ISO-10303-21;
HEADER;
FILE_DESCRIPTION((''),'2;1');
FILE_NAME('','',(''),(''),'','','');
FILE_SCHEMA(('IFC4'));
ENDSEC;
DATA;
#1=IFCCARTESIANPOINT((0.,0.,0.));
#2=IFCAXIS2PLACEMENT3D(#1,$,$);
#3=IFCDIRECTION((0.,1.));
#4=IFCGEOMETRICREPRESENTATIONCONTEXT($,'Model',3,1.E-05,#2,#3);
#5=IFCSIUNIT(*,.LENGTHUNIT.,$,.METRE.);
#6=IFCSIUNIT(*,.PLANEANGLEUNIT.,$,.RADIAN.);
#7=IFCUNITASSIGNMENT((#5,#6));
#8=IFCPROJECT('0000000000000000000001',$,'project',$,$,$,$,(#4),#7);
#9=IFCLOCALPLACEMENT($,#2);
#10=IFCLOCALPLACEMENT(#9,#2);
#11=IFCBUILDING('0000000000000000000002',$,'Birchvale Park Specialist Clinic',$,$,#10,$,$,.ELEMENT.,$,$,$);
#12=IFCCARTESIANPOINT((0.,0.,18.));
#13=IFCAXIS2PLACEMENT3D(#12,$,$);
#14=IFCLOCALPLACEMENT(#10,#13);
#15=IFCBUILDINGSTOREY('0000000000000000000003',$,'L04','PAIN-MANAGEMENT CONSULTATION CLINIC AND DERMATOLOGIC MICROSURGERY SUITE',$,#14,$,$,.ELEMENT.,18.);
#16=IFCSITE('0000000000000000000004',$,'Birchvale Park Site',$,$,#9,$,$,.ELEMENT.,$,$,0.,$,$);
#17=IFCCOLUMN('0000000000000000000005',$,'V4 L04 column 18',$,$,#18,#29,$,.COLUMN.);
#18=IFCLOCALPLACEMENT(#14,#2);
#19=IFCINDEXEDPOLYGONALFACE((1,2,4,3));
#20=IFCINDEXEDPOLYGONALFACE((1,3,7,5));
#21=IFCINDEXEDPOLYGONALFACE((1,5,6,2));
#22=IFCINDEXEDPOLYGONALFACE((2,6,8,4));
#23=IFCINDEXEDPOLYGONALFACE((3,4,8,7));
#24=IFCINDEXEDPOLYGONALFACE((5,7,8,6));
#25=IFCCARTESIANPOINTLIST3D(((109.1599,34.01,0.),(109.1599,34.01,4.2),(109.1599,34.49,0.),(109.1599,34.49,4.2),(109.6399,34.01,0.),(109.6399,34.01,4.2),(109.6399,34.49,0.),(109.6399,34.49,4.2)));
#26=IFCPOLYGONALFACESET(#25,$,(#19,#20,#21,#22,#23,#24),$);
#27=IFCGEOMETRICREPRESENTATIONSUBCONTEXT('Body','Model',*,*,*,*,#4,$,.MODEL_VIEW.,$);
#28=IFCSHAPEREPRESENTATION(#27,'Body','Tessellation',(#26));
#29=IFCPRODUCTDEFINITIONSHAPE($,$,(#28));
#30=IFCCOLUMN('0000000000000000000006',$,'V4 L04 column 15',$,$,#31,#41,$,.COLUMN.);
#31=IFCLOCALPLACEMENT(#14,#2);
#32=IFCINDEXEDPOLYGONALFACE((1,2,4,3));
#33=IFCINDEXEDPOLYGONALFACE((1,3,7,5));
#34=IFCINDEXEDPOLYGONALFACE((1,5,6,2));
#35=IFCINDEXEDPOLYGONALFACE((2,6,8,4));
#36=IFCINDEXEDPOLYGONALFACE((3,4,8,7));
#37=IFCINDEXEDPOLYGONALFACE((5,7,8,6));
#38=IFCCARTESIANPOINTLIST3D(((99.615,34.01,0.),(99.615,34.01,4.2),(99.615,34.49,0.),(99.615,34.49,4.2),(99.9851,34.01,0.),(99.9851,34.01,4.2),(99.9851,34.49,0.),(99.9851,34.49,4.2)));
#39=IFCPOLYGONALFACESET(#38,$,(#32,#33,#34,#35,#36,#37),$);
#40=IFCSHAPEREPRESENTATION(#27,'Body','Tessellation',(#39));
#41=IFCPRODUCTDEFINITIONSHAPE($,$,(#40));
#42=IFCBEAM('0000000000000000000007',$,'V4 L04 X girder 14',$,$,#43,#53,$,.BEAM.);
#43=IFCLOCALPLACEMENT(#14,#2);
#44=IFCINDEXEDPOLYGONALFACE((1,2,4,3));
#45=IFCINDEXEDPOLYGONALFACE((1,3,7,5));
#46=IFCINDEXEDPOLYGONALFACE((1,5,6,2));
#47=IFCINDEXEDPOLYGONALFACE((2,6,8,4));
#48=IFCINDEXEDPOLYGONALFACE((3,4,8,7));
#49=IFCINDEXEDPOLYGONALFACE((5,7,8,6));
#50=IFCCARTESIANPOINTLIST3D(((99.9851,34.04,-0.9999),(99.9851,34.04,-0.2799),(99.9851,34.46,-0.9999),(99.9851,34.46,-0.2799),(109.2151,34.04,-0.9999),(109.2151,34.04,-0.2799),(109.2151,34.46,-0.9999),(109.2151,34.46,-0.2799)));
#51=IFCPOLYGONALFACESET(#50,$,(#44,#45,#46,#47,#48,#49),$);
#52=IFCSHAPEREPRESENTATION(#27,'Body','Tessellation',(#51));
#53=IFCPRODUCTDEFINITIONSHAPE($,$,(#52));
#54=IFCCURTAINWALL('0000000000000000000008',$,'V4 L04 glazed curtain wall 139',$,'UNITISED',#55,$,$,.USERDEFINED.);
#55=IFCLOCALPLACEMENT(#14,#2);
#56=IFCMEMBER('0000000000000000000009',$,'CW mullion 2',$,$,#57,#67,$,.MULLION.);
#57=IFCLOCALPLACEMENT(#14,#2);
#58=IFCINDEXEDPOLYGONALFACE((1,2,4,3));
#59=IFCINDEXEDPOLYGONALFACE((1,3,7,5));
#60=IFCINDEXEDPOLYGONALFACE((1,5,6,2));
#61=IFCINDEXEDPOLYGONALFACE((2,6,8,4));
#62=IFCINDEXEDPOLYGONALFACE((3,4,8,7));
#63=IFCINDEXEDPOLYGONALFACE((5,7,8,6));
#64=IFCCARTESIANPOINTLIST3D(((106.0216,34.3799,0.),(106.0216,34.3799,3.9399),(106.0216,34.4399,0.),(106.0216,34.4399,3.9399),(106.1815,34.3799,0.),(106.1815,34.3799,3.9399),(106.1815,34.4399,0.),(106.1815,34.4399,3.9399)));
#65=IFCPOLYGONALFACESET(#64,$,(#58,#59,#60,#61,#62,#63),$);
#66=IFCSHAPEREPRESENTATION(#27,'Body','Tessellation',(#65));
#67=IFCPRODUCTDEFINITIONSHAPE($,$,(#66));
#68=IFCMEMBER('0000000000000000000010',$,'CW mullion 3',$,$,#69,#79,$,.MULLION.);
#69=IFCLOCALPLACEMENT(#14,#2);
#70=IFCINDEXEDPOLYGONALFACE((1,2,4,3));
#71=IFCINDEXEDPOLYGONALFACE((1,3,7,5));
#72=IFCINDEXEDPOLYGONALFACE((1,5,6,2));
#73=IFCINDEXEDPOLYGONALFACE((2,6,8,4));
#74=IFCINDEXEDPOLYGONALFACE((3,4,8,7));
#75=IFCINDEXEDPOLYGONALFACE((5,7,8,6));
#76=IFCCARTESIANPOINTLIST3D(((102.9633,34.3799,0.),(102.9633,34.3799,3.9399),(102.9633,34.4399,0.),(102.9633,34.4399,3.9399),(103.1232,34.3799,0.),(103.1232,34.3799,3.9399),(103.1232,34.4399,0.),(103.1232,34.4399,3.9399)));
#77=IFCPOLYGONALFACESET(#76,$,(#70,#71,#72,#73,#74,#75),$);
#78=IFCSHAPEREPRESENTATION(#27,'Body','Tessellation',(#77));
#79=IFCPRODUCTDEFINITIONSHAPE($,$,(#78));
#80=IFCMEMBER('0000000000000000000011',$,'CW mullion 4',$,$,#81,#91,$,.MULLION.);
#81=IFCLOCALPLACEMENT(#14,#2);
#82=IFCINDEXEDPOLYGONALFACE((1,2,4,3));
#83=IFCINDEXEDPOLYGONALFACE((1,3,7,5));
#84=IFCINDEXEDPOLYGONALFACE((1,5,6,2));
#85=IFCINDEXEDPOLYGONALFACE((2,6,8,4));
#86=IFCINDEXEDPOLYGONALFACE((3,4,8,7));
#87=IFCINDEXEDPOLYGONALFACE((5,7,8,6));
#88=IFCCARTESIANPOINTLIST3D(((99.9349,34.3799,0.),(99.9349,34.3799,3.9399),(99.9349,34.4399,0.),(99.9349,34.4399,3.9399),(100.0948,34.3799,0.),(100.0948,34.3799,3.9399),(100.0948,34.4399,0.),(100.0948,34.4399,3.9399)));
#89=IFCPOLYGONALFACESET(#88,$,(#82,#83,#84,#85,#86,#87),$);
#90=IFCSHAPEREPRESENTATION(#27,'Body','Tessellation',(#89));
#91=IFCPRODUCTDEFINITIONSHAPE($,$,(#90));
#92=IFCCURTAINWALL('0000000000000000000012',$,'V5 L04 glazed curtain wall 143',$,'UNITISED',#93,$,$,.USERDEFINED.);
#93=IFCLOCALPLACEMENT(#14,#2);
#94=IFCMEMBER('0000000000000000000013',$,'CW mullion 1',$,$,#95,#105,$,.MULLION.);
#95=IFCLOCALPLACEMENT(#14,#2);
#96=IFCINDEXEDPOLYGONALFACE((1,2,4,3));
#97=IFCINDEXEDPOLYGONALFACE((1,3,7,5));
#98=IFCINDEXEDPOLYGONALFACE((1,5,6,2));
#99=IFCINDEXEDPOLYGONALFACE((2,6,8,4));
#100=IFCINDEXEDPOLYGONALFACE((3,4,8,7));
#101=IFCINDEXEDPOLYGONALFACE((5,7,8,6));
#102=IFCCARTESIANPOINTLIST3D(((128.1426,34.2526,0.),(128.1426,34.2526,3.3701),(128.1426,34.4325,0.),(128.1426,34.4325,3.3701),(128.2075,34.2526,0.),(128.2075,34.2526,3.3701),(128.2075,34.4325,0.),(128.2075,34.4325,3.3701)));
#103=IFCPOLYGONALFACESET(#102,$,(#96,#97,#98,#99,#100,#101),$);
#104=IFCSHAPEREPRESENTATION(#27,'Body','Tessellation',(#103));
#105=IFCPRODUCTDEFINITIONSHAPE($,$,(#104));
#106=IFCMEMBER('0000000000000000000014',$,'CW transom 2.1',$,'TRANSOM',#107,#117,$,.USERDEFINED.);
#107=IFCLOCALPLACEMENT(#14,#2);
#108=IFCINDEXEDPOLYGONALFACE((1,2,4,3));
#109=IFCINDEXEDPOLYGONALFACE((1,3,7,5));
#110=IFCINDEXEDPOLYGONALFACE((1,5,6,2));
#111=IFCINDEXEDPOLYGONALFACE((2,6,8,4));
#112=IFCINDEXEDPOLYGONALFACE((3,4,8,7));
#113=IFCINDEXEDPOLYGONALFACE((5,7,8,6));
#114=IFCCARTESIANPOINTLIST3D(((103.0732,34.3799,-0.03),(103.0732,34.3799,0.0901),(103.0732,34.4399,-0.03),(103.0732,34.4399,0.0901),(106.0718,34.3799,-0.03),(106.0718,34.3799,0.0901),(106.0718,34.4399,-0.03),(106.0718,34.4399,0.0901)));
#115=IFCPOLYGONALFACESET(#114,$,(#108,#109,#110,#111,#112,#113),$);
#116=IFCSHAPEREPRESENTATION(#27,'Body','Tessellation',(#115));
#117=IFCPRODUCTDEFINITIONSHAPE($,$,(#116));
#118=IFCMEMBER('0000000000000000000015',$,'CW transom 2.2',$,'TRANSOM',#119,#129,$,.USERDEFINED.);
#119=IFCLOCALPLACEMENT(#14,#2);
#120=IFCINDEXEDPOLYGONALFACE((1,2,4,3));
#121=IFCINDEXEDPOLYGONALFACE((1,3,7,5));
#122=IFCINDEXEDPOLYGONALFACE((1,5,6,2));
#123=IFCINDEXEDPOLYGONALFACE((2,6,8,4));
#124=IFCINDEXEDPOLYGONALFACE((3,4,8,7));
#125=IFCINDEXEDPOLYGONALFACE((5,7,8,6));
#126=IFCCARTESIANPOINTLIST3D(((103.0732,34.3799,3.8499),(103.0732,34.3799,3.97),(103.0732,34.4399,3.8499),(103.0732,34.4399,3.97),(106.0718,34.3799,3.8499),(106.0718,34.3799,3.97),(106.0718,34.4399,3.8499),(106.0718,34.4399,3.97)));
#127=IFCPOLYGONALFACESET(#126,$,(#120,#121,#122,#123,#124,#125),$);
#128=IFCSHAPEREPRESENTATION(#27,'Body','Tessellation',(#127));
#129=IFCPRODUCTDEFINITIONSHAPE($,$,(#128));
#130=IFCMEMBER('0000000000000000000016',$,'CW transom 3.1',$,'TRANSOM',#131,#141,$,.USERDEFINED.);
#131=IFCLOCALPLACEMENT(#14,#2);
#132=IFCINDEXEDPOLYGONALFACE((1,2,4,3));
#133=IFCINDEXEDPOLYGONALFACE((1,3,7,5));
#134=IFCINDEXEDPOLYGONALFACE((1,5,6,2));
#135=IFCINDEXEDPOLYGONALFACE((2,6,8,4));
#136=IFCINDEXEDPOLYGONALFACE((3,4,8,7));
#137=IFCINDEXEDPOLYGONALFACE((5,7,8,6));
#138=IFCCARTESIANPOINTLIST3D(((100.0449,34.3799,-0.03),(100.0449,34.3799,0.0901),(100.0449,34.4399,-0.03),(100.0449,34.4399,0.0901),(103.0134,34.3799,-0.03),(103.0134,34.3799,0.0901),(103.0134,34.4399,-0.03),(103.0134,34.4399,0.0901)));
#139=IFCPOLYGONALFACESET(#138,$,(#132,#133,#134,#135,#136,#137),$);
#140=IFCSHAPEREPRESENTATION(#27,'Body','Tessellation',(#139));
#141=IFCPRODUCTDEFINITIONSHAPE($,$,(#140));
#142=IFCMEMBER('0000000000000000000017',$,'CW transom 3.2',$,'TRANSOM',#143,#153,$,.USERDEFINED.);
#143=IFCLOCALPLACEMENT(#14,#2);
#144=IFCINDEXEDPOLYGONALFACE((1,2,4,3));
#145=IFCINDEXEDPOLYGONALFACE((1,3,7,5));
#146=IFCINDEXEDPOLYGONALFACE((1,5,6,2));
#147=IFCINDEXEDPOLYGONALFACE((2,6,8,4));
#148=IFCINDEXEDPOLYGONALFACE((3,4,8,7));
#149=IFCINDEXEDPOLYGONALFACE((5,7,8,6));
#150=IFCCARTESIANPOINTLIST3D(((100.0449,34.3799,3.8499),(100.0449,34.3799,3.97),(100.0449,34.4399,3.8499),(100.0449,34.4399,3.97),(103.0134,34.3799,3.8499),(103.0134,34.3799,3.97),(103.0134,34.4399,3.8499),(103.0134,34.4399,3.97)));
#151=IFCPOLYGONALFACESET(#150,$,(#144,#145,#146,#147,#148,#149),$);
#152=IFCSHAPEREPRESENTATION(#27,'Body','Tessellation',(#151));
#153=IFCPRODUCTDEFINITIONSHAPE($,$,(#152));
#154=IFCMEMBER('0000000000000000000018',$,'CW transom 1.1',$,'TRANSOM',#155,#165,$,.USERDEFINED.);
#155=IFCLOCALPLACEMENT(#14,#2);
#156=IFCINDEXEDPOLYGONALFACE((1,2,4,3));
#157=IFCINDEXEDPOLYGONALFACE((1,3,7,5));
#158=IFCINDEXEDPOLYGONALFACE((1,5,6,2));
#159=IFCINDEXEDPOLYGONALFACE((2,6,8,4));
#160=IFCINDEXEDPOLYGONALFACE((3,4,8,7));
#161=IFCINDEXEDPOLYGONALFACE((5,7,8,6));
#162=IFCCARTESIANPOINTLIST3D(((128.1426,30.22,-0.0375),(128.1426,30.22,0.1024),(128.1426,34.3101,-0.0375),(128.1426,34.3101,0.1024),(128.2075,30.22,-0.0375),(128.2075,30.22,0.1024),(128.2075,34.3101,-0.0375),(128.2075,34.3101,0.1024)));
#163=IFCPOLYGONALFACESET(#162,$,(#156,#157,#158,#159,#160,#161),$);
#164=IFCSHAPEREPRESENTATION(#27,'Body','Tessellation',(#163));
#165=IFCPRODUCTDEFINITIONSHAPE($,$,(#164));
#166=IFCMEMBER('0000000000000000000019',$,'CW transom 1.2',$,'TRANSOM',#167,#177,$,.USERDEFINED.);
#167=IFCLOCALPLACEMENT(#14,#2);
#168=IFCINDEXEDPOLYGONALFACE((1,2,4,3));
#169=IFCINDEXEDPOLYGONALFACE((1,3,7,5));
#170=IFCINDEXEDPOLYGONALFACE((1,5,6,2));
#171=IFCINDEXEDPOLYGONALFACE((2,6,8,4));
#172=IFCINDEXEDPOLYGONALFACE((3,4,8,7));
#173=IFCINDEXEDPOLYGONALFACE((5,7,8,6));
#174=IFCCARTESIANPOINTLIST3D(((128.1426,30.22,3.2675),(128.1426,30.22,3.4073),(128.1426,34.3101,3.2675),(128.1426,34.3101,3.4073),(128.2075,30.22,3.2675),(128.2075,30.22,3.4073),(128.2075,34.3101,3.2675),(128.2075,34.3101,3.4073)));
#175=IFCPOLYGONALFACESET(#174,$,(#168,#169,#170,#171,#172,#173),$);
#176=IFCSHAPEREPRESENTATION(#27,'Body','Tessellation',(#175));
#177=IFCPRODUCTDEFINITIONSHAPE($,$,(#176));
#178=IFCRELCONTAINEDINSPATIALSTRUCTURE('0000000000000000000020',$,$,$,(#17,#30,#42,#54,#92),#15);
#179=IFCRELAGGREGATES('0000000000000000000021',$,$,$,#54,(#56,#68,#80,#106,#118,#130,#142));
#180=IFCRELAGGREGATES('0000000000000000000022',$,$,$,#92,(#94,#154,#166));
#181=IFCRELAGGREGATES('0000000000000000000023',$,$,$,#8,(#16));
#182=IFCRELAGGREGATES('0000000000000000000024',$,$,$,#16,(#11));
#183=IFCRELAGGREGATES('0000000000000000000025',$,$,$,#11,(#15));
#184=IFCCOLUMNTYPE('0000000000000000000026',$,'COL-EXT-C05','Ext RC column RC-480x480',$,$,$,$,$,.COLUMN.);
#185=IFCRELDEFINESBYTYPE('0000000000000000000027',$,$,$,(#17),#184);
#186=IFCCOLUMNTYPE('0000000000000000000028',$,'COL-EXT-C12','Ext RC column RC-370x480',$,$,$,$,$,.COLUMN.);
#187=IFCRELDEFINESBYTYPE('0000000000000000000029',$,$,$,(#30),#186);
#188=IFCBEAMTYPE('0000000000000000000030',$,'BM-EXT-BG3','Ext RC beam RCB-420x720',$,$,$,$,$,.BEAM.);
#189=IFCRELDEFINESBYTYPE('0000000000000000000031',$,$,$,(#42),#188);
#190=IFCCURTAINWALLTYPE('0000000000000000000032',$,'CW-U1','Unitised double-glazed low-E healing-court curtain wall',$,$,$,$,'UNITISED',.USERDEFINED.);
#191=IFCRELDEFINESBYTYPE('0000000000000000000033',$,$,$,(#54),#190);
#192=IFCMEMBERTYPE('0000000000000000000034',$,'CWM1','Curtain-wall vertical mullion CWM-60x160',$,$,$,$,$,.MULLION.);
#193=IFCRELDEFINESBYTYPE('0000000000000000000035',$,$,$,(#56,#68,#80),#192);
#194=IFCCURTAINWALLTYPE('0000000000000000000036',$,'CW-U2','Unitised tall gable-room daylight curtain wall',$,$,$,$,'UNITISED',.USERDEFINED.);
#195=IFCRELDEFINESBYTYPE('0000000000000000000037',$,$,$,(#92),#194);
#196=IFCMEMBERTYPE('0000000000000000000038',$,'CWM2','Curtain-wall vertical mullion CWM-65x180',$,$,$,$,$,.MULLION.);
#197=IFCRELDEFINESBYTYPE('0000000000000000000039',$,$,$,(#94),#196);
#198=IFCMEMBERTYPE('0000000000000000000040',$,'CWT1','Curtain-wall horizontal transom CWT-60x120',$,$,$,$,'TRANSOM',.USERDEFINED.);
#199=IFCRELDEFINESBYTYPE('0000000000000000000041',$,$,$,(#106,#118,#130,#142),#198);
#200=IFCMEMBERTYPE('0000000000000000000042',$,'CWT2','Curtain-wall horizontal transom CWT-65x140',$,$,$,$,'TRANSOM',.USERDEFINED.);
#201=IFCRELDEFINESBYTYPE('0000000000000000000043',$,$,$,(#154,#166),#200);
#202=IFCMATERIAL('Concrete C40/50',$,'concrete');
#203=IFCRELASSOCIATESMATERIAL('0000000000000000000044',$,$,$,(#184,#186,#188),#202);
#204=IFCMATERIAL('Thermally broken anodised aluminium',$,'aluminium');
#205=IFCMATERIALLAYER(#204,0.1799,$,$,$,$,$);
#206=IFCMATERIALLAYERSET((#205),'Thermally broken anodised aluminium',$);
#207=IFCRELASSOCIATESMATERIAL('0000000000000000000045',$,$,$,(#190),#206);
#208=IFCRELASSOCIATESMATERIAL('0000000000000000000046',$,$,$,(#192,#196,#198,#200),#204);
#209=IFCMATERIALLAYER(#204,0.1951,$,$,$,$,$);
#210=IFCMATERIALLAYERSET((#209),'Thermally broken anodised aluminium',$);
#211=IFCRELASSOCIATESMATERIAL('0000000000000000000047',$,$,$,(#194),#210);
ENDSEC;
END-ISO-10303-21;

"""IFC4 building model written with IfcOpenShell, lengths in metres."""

from ifc_helpers import new_model, si_unit, direction, frame, origin, origin_2d, place, context, subcontext, project, spatial, rectangle, extrude, material, layer, layer_set, material_profile, profile_set, type_object, element, aggregate, save


model = new_model("IFC4")

# Units and contexts
model_context = context("Model", 3, precision=1e-05, world=origin(), true_north=direction((0.0, 1.0)))
body_context = subcontext(model_context, "Body", "Model", "MODEL_VIEW")
ifc_project = project(units=[si_unit("LENGTHUNIT", "METRE"), si_unit("PLANEANGLEUNIT", "RADIAN")], contexts=[model_context])

# Site, building, storey
site_placement = place(None, origin())
site = spatial("IfcSite", under=ifc_project, at=site_placement, Name="Birchvale Park Site", CompositionType="ELEMENT", RefElevation=0.0)
building_placement = place(site_placement, origin())
building = spatial("IfcBuilding", under=site, at=building_placement, Name="Birchvale Park Specialist Clinic", CompositionType="ELEMENT")
storey_placement = place(building_placement, frame((0.0, 0.0, 18.0)))
storey = spatial("IfcBuildingStorey", under=building, at=storey_placement, Name="L04", Description="PAIN-MANAGEMENT CONSULTATION CLINIC AND DERMATOLOGIC MICROSURGERY SUITE", CompositionType="ELEMENT", Elevation=18.0)

# Columns
ifc_material_1 = material(Name="Concrete C40/50", Category="concrete")
ifc_material_profile_1 = material_profile(ifc_material_1, rectangle(XDim=0.48, YDim=0.48, at=origin_2d()), Name="RC-480x480")
ifc_profile_set_1 = profile_set([ifc_material_profile_1], Name="Concrete C40/50")
column_type_1 = type_object("IfcColumnType", Name="COL-EXT-C05", Description="Ext RC column RC-480x480", PredefinedType="COLUMN", material=ifc_profile_set_1)
column_1_placement = place(storey_placement, frame((109.3999, 34.25, 0.0), z_axis=(0.0, 0.0, 1.0), x_axis=(1.0, 0.0, 0.0)))
element("IfcColumn", 1, at=column_1_placement, inside=storey, type_object=column_type_1, Name="V4 L04 column 18", PredefinedType="COLUMN", context=body_context, shape_type="SweptSolid", body=[
    extrude(rectangle(XDim=0.48, YDim=0.48, at=origin_2d()), origin(), (0.0, 0.0, 1.0), 4.2),
])
ifc_material_profile_2 = material_profile(ifc_material_1, rectangle(XDim=0.3701, YDim=0.48, at=origin_2d()), Name="RC-370x480")
ifc_profile_set_2 = profile_set([ifc_material_profile_2], Name="Concrete C40/50")
column_type_2 = type_object("IfcColumnType", Name="COL-EXT-C12", Description="Ext RC column RC-370x480", PredefinedType="COLUMN", material=ifc_profile_set_2)
column_2_placement = place(storey_placement, frame((99.8, 34.25, 0.0), z_axis=(0.0, 0.0, 1.0), x_axis=(1.0, 0.0, 0.0)))
element("IfcColumn", 2, at=column_2_placement, inside=storey, type_object=column_type_2, Name="V4 L04 column 15", PredefinedType="COLUMN", context=body_context, shape_type="SweptSolid", body=[
    extrude(rectangle(XDim=0.3701, YDim=0.48, at=origin_2d()), origin(), (0.0, 0.0, 1.0), 4.2),
])

# Beam
ifc_material_profile_3 = material_profile(ifc_material_1, rectangle(XDim=0.4199, YDim=0.72, at=origin_2d()), Name="RCB-420x720")
ifc_profile_set_3 = profile_set([ifc_material_profile_3], Name="Concrete C40/50")
beam_type = type_object("IfcBeamType", Name="BM-EXT-BG3", Description="Ext RC beam RCB-420x720", PredefinedType="BEAM", material=ifc_profile_set_3)
beam_placement = place(storey_placement, frame((99.9851, 34.25, -0.6399), z_axis=(1.0, 0.0, 0.0), x_axis=(0.0, 1.0, 0.0)))
element("IfcBeam", 3, at=beam_placement, inside=storey, type_object=beam_type, Name="V4 L04 X girder 14", PredefinedType="BEAM", context=body_context, shape_type="SweptSolid", body=[
    extrude(rectangle(XDim=0.4199, YDim=0.72, at=origin_2d()), origin(), (0.0, 0.0, 1.0), 9.23),
])

# Curtain wall, members
ifc_material_2 = material(Name="Thermally broken anodised aluminium", Category="aluminium")
ifc_layer_1 = layer(ifc_material_2, 0.1799)
ifc_layer_set_1 = layer_set([ifc_layer_1], Name="Thermally broken anodised aluminium")
curtain_wall_type_1 = type_object("IfcCurtainWallType", Name="CW-U1", Description="Unitised double-glazed low-E healing-court curtain wall", ElementType="UNITISED", PredefinedType="USERDEFINED", material=ifc_layer_set_1)
curtain_wall_1_placement = place(storey_placement, origin())
curtain_wall_1 = element("IfcCurtainWall", 4, at=curtain_wall_1_placement, inside=storey, type_object=curtain_wall_type_1, Name="V4 L04 glazed curtain wall 139", ObjectType="UNITISED", PredefinedType="USERDEFINED")
ifc_material_profile_4 = material_profile(ifc_material_2, rectangle(XDim=0.0601, YDim=0.1599, at=origin_2d()), Name="CWM-60x160")
ifc_profile_set_4 = profile_set([ifc_material_profile_4], Name="Thermally broken anodised aluminium")
member_type_1 = type_object("IfcMemberType", Name="CWM1", Description="Curtain-wall vertical mullion CWM-60x160", PredefinedType="MULLION", material=ifc_profile_set_4)
member_1_placement = place(storey_placement, frame((106.1016, 34.4099, 0.0), z_axis=(0.0, 0.0, 1.0), x_axis=(0.0, -1.0, 0.0)))
member_1 = element("IfcMember", 5, at=member_1_placement, type_object=member_type_1, Name="CW mullion 2", PredefinedType="MULLION", context=body_context, shape_type="SweptSolid", body=[
    extrude(rectangle(XDim=0.0601, YDim=0.1599, at=origin_2d()), origin(), (0.0, 0.0, 1.0), 3.9399),
])
member_2_placement = place(storey_placement, frame((103.0432, 34.4099, 0.0), z_axis=(0.0, 0.0, 1.0), x_axis=(0.0, -1.0, 0.0)))
member_2 = element("IfcMember", 6, at=member_2_placement, type_object=member_type_1, Name="CW mullion 3", PredefinedType="MULLION", context=body_context, shape_type="SweptSolid", body=[
    extrude(rectangle(XDim=0.0601, YDim=0.1599, at=origin_2d()), origin(), (0.0, 0.0, 1.0), 3.9399),
])
member_3_placement = place(storey_placement, frame((100.0149, 34.4099, 0.0), z_axis=(0.0, 0.0, 1.0), x_axis=(0.0, -1.0, 0.0)))
member_3 = element("IfcMember", 7, at=member_3_placement, type_object=member_type_1, Name="CW mullion 4", PredefinedType="MULLION", context=body_context, shape_type="SweptSolid", body=[
    extrude(rectangle(XDim=0.0601, YDim=0.1599, at=origin_2d()), origin(), (0.0, 0.0, 1.0), 3.9399),
])

# Curtain wall, member
ifc_layer_2 = layer(ifc_material_2, 0.1951)
ifc_layer_set_2 = layer_set([ifc_layer_2], Name="Thermally broken anodised aluminium")
curtain_wall_type_2 = type_object("IfcCurtainWallType", Name="CW-U2", Description="Unitised tall gable-room daylight curtain wall", ElementType="UNITISED", PredefinedType="USERDEFINED", material=ifc_layer_set_2)
curtain_wall_2_placement = place(storey_placement, origin())
curtain_wall_2 = element("IfcCurtainWall", 8, at=curtain_wall_2_placement, inside=storey, type_object=curtain_wall_type_2, Name="V5 L04 glazed curtain wall 143", ObjectType="UNITISED", PredefinedType="USERDEFINED")
ifc_material_profile_5 = material_profile(ifc_material_2, rectangle(XDim=0.0649, YDim=0.1799, at=origin_2d()), Name="CWM-65x180")
ifc_profile_set_5 = profile_set([ifc_material_profile_5], Name="Thermally broken anodised aluminium")
member_type_2 = type_object("IfcMemberType", Name="CWM2", Description="Curtain-wall vertical mullion CWM-65x180", PredefinedType="MULLION", material=ifc_profile_set_5)
member_4_placement = place(storey_placement, frame((128.175, 34.3425, 0.0), z_axis=(0.0, 0.0, 1.0), x_axis=(1.0, 0.0, 0.0)))
member_4 = element("IfcMember", 9, at=member_4_placement, type_object=member_type_2, Name="CW mullion 1", PredefinedType="MULLION", context=body_context, shape_type="SweptSolid", body=[
    extrude(rectangle(XDim=0.0649, YDim=0.1799, at=origin_2d()), origin(), (0.0, 0.0, 1.0), 3.3701),
])

# Members
ifc_material_profile_6 = material_profile(ifc_material_2, rectangle(XDim=0.0601, YDim=0.1201, at=origin_2d()), Name="CWT-60x120")
ifc_profile_set_6 = profile_set([ifc_material_profile_6], Name="Thermally broken anodised aluminium")
member_type_3 = type_object("IfcMemberType", Name="CWT1", Description="Curtain-wall horizontal transom CWT-60x120", ElementType="TRANSOM", PredefinedType="USERDEFINED", material=ifc_profile_set_6)
member_5_placement = place(storey_placement, frame((106.0718, 34.4099, 0.03), z_axis=(-1.0, 0.0, 0.0), x_axis=(0.0, -1.0, 0.0)))
member_5 = element("IfcMember", 10, at=member_5_placement, type_object=member_type_3, Name="CW transom 2.1", ObjectType="TRANSOM", PredefinedType="USERDEFINED", context=body_context, shape_type="SweptSolid", body=[
    extrude(rectangle(XDim=0.0601, YDim=0.1201, at=origin_2d()), origin(), (0.0, 0.0, 1.0), 2.9985),
])
member_6_placement = place(storey_placement, frame((106.0718, 34.4099, 3.9099), z_axis=(-1.0, 0.0, 0.0), x_axis=(0.0, -1.0, 0.0)))
member_6 = element("IfcMember", 11, at=member_6_placement, type_object=member_type_3, Name="CW transom 2.2", ObjectType="TRANSOM", PredefinedType="USERDEFINED", context=body_context, shape_type="SweptSolid", body=[
    extrude(rectangle(XDim=0.0601, YDim=0.1201, at=origin_2d()), origin(), (0.0, 0.0, 1.0), 2.9985),
])
member_7_placement = place(storey_placement, frame((103.0134, 34.4099, 0.03), z_axis=(-1.0, 0.0, 0.0), x_axis=(0.0, -1.0, 0.0)))
member_7 = element("IfcMember", 12, at=member_7_placement, type_object=member_type_3, Name="CW transom 3.1", ObjectType="TRANSOM", PredefinedType="USERDEFINED", context=body_context, shape_type="SweptSolid", body=[
    extrude(rectangle(XDim=0.0601, YDim=0.1201, at=origin_2d()), origin(), (0.0, 0.0, 1.0), 2.9685),
])
member_8_placement = place(storey_placement, frame((103.0134, 34.4099, 3.9099), z_axis=(-1.0, 0.0, 0.0), x_axis=(0.0, -1.0, 0.0)))
member_8 = element("IfcMember", 13, at=member_8_placement, type_object=member_type_3, Name="CW transom 3.2", ObjectType="TRANSOM", PredefinedType="USERDEFINED", context=body_context, shape_type="SweptSolid", body=[
    extrude(rectangle(XDim=0.0601, YDim=0.1201, at=origin_2d()), origin(), (0.0, 0.0, 1.0), 2.9685),
])
ifc_material_profile_7 = material_profile(ifc_material_2, rectangle(XDim=0.0649, YDim=0.1399, at=origin_2d()), Name="CWT-65x140")
ifc_profile_set_7 = profile_set([ifc_material_profile_7], Name="Thermally broken anodised aluminium")
member_type_4 = type_object("IfcMemberType", Name="CWT2", Description="Curtain-wall horizontal transom CWT-65x140", ElementType="TRANSOM", PredefinedType="USERDEFINED", material=ifc_profile_set_7)
member_9_placement = place(storey_placement, frame((128.175, 34.3101, 0.0325), z_axis=(0.0, -1.0, 0.0), x_axis=(1.0, 0.0, 0.0)))
member_9 = element("IfcMember", 14, at=member_9_placement, type_object=member_type_4, Name="CW transom 1.1", ObjectType="TRANSOM", PredefinedType="USERDEFINED", context=body_context, shape_type="SweptSolid", body=[
    extrude(rectangle(XDim=0.0649, YDim=0.1399, at=origin_2d()), origin(), (0.0, 0.0, 1.0), 4.0901),
])
member_10_placement = place(storey_placement, frame((128.175, 34.3101, 3.3374), z_axis=(0.0, -1.0, 0.0), x_axis=(1.0, 0.0, 0.0)))
member_10 = element("IfcMember", 15, at=member_10_placement, type_object=member_type_4, Name="CW transom 1.2", ObjectType="TRANSOM", PredefinedType="USERDEFINED", context=body_context, shape_type="SweptSolid", body=[
    extrude(rectangle(XDim=0.0649, YDim=0.1399, at=origin_2d()), origin(), (0.0, 0.0, 1.0), 4.0901),
])

aggregate(curtain_wall_1, [member_1, member_2, member_3, member_5, member_6, member_7, member_8])
aggregate(curtain_wall_2, [member_4, member_9, member_10])

save(model, "model.ifc")
